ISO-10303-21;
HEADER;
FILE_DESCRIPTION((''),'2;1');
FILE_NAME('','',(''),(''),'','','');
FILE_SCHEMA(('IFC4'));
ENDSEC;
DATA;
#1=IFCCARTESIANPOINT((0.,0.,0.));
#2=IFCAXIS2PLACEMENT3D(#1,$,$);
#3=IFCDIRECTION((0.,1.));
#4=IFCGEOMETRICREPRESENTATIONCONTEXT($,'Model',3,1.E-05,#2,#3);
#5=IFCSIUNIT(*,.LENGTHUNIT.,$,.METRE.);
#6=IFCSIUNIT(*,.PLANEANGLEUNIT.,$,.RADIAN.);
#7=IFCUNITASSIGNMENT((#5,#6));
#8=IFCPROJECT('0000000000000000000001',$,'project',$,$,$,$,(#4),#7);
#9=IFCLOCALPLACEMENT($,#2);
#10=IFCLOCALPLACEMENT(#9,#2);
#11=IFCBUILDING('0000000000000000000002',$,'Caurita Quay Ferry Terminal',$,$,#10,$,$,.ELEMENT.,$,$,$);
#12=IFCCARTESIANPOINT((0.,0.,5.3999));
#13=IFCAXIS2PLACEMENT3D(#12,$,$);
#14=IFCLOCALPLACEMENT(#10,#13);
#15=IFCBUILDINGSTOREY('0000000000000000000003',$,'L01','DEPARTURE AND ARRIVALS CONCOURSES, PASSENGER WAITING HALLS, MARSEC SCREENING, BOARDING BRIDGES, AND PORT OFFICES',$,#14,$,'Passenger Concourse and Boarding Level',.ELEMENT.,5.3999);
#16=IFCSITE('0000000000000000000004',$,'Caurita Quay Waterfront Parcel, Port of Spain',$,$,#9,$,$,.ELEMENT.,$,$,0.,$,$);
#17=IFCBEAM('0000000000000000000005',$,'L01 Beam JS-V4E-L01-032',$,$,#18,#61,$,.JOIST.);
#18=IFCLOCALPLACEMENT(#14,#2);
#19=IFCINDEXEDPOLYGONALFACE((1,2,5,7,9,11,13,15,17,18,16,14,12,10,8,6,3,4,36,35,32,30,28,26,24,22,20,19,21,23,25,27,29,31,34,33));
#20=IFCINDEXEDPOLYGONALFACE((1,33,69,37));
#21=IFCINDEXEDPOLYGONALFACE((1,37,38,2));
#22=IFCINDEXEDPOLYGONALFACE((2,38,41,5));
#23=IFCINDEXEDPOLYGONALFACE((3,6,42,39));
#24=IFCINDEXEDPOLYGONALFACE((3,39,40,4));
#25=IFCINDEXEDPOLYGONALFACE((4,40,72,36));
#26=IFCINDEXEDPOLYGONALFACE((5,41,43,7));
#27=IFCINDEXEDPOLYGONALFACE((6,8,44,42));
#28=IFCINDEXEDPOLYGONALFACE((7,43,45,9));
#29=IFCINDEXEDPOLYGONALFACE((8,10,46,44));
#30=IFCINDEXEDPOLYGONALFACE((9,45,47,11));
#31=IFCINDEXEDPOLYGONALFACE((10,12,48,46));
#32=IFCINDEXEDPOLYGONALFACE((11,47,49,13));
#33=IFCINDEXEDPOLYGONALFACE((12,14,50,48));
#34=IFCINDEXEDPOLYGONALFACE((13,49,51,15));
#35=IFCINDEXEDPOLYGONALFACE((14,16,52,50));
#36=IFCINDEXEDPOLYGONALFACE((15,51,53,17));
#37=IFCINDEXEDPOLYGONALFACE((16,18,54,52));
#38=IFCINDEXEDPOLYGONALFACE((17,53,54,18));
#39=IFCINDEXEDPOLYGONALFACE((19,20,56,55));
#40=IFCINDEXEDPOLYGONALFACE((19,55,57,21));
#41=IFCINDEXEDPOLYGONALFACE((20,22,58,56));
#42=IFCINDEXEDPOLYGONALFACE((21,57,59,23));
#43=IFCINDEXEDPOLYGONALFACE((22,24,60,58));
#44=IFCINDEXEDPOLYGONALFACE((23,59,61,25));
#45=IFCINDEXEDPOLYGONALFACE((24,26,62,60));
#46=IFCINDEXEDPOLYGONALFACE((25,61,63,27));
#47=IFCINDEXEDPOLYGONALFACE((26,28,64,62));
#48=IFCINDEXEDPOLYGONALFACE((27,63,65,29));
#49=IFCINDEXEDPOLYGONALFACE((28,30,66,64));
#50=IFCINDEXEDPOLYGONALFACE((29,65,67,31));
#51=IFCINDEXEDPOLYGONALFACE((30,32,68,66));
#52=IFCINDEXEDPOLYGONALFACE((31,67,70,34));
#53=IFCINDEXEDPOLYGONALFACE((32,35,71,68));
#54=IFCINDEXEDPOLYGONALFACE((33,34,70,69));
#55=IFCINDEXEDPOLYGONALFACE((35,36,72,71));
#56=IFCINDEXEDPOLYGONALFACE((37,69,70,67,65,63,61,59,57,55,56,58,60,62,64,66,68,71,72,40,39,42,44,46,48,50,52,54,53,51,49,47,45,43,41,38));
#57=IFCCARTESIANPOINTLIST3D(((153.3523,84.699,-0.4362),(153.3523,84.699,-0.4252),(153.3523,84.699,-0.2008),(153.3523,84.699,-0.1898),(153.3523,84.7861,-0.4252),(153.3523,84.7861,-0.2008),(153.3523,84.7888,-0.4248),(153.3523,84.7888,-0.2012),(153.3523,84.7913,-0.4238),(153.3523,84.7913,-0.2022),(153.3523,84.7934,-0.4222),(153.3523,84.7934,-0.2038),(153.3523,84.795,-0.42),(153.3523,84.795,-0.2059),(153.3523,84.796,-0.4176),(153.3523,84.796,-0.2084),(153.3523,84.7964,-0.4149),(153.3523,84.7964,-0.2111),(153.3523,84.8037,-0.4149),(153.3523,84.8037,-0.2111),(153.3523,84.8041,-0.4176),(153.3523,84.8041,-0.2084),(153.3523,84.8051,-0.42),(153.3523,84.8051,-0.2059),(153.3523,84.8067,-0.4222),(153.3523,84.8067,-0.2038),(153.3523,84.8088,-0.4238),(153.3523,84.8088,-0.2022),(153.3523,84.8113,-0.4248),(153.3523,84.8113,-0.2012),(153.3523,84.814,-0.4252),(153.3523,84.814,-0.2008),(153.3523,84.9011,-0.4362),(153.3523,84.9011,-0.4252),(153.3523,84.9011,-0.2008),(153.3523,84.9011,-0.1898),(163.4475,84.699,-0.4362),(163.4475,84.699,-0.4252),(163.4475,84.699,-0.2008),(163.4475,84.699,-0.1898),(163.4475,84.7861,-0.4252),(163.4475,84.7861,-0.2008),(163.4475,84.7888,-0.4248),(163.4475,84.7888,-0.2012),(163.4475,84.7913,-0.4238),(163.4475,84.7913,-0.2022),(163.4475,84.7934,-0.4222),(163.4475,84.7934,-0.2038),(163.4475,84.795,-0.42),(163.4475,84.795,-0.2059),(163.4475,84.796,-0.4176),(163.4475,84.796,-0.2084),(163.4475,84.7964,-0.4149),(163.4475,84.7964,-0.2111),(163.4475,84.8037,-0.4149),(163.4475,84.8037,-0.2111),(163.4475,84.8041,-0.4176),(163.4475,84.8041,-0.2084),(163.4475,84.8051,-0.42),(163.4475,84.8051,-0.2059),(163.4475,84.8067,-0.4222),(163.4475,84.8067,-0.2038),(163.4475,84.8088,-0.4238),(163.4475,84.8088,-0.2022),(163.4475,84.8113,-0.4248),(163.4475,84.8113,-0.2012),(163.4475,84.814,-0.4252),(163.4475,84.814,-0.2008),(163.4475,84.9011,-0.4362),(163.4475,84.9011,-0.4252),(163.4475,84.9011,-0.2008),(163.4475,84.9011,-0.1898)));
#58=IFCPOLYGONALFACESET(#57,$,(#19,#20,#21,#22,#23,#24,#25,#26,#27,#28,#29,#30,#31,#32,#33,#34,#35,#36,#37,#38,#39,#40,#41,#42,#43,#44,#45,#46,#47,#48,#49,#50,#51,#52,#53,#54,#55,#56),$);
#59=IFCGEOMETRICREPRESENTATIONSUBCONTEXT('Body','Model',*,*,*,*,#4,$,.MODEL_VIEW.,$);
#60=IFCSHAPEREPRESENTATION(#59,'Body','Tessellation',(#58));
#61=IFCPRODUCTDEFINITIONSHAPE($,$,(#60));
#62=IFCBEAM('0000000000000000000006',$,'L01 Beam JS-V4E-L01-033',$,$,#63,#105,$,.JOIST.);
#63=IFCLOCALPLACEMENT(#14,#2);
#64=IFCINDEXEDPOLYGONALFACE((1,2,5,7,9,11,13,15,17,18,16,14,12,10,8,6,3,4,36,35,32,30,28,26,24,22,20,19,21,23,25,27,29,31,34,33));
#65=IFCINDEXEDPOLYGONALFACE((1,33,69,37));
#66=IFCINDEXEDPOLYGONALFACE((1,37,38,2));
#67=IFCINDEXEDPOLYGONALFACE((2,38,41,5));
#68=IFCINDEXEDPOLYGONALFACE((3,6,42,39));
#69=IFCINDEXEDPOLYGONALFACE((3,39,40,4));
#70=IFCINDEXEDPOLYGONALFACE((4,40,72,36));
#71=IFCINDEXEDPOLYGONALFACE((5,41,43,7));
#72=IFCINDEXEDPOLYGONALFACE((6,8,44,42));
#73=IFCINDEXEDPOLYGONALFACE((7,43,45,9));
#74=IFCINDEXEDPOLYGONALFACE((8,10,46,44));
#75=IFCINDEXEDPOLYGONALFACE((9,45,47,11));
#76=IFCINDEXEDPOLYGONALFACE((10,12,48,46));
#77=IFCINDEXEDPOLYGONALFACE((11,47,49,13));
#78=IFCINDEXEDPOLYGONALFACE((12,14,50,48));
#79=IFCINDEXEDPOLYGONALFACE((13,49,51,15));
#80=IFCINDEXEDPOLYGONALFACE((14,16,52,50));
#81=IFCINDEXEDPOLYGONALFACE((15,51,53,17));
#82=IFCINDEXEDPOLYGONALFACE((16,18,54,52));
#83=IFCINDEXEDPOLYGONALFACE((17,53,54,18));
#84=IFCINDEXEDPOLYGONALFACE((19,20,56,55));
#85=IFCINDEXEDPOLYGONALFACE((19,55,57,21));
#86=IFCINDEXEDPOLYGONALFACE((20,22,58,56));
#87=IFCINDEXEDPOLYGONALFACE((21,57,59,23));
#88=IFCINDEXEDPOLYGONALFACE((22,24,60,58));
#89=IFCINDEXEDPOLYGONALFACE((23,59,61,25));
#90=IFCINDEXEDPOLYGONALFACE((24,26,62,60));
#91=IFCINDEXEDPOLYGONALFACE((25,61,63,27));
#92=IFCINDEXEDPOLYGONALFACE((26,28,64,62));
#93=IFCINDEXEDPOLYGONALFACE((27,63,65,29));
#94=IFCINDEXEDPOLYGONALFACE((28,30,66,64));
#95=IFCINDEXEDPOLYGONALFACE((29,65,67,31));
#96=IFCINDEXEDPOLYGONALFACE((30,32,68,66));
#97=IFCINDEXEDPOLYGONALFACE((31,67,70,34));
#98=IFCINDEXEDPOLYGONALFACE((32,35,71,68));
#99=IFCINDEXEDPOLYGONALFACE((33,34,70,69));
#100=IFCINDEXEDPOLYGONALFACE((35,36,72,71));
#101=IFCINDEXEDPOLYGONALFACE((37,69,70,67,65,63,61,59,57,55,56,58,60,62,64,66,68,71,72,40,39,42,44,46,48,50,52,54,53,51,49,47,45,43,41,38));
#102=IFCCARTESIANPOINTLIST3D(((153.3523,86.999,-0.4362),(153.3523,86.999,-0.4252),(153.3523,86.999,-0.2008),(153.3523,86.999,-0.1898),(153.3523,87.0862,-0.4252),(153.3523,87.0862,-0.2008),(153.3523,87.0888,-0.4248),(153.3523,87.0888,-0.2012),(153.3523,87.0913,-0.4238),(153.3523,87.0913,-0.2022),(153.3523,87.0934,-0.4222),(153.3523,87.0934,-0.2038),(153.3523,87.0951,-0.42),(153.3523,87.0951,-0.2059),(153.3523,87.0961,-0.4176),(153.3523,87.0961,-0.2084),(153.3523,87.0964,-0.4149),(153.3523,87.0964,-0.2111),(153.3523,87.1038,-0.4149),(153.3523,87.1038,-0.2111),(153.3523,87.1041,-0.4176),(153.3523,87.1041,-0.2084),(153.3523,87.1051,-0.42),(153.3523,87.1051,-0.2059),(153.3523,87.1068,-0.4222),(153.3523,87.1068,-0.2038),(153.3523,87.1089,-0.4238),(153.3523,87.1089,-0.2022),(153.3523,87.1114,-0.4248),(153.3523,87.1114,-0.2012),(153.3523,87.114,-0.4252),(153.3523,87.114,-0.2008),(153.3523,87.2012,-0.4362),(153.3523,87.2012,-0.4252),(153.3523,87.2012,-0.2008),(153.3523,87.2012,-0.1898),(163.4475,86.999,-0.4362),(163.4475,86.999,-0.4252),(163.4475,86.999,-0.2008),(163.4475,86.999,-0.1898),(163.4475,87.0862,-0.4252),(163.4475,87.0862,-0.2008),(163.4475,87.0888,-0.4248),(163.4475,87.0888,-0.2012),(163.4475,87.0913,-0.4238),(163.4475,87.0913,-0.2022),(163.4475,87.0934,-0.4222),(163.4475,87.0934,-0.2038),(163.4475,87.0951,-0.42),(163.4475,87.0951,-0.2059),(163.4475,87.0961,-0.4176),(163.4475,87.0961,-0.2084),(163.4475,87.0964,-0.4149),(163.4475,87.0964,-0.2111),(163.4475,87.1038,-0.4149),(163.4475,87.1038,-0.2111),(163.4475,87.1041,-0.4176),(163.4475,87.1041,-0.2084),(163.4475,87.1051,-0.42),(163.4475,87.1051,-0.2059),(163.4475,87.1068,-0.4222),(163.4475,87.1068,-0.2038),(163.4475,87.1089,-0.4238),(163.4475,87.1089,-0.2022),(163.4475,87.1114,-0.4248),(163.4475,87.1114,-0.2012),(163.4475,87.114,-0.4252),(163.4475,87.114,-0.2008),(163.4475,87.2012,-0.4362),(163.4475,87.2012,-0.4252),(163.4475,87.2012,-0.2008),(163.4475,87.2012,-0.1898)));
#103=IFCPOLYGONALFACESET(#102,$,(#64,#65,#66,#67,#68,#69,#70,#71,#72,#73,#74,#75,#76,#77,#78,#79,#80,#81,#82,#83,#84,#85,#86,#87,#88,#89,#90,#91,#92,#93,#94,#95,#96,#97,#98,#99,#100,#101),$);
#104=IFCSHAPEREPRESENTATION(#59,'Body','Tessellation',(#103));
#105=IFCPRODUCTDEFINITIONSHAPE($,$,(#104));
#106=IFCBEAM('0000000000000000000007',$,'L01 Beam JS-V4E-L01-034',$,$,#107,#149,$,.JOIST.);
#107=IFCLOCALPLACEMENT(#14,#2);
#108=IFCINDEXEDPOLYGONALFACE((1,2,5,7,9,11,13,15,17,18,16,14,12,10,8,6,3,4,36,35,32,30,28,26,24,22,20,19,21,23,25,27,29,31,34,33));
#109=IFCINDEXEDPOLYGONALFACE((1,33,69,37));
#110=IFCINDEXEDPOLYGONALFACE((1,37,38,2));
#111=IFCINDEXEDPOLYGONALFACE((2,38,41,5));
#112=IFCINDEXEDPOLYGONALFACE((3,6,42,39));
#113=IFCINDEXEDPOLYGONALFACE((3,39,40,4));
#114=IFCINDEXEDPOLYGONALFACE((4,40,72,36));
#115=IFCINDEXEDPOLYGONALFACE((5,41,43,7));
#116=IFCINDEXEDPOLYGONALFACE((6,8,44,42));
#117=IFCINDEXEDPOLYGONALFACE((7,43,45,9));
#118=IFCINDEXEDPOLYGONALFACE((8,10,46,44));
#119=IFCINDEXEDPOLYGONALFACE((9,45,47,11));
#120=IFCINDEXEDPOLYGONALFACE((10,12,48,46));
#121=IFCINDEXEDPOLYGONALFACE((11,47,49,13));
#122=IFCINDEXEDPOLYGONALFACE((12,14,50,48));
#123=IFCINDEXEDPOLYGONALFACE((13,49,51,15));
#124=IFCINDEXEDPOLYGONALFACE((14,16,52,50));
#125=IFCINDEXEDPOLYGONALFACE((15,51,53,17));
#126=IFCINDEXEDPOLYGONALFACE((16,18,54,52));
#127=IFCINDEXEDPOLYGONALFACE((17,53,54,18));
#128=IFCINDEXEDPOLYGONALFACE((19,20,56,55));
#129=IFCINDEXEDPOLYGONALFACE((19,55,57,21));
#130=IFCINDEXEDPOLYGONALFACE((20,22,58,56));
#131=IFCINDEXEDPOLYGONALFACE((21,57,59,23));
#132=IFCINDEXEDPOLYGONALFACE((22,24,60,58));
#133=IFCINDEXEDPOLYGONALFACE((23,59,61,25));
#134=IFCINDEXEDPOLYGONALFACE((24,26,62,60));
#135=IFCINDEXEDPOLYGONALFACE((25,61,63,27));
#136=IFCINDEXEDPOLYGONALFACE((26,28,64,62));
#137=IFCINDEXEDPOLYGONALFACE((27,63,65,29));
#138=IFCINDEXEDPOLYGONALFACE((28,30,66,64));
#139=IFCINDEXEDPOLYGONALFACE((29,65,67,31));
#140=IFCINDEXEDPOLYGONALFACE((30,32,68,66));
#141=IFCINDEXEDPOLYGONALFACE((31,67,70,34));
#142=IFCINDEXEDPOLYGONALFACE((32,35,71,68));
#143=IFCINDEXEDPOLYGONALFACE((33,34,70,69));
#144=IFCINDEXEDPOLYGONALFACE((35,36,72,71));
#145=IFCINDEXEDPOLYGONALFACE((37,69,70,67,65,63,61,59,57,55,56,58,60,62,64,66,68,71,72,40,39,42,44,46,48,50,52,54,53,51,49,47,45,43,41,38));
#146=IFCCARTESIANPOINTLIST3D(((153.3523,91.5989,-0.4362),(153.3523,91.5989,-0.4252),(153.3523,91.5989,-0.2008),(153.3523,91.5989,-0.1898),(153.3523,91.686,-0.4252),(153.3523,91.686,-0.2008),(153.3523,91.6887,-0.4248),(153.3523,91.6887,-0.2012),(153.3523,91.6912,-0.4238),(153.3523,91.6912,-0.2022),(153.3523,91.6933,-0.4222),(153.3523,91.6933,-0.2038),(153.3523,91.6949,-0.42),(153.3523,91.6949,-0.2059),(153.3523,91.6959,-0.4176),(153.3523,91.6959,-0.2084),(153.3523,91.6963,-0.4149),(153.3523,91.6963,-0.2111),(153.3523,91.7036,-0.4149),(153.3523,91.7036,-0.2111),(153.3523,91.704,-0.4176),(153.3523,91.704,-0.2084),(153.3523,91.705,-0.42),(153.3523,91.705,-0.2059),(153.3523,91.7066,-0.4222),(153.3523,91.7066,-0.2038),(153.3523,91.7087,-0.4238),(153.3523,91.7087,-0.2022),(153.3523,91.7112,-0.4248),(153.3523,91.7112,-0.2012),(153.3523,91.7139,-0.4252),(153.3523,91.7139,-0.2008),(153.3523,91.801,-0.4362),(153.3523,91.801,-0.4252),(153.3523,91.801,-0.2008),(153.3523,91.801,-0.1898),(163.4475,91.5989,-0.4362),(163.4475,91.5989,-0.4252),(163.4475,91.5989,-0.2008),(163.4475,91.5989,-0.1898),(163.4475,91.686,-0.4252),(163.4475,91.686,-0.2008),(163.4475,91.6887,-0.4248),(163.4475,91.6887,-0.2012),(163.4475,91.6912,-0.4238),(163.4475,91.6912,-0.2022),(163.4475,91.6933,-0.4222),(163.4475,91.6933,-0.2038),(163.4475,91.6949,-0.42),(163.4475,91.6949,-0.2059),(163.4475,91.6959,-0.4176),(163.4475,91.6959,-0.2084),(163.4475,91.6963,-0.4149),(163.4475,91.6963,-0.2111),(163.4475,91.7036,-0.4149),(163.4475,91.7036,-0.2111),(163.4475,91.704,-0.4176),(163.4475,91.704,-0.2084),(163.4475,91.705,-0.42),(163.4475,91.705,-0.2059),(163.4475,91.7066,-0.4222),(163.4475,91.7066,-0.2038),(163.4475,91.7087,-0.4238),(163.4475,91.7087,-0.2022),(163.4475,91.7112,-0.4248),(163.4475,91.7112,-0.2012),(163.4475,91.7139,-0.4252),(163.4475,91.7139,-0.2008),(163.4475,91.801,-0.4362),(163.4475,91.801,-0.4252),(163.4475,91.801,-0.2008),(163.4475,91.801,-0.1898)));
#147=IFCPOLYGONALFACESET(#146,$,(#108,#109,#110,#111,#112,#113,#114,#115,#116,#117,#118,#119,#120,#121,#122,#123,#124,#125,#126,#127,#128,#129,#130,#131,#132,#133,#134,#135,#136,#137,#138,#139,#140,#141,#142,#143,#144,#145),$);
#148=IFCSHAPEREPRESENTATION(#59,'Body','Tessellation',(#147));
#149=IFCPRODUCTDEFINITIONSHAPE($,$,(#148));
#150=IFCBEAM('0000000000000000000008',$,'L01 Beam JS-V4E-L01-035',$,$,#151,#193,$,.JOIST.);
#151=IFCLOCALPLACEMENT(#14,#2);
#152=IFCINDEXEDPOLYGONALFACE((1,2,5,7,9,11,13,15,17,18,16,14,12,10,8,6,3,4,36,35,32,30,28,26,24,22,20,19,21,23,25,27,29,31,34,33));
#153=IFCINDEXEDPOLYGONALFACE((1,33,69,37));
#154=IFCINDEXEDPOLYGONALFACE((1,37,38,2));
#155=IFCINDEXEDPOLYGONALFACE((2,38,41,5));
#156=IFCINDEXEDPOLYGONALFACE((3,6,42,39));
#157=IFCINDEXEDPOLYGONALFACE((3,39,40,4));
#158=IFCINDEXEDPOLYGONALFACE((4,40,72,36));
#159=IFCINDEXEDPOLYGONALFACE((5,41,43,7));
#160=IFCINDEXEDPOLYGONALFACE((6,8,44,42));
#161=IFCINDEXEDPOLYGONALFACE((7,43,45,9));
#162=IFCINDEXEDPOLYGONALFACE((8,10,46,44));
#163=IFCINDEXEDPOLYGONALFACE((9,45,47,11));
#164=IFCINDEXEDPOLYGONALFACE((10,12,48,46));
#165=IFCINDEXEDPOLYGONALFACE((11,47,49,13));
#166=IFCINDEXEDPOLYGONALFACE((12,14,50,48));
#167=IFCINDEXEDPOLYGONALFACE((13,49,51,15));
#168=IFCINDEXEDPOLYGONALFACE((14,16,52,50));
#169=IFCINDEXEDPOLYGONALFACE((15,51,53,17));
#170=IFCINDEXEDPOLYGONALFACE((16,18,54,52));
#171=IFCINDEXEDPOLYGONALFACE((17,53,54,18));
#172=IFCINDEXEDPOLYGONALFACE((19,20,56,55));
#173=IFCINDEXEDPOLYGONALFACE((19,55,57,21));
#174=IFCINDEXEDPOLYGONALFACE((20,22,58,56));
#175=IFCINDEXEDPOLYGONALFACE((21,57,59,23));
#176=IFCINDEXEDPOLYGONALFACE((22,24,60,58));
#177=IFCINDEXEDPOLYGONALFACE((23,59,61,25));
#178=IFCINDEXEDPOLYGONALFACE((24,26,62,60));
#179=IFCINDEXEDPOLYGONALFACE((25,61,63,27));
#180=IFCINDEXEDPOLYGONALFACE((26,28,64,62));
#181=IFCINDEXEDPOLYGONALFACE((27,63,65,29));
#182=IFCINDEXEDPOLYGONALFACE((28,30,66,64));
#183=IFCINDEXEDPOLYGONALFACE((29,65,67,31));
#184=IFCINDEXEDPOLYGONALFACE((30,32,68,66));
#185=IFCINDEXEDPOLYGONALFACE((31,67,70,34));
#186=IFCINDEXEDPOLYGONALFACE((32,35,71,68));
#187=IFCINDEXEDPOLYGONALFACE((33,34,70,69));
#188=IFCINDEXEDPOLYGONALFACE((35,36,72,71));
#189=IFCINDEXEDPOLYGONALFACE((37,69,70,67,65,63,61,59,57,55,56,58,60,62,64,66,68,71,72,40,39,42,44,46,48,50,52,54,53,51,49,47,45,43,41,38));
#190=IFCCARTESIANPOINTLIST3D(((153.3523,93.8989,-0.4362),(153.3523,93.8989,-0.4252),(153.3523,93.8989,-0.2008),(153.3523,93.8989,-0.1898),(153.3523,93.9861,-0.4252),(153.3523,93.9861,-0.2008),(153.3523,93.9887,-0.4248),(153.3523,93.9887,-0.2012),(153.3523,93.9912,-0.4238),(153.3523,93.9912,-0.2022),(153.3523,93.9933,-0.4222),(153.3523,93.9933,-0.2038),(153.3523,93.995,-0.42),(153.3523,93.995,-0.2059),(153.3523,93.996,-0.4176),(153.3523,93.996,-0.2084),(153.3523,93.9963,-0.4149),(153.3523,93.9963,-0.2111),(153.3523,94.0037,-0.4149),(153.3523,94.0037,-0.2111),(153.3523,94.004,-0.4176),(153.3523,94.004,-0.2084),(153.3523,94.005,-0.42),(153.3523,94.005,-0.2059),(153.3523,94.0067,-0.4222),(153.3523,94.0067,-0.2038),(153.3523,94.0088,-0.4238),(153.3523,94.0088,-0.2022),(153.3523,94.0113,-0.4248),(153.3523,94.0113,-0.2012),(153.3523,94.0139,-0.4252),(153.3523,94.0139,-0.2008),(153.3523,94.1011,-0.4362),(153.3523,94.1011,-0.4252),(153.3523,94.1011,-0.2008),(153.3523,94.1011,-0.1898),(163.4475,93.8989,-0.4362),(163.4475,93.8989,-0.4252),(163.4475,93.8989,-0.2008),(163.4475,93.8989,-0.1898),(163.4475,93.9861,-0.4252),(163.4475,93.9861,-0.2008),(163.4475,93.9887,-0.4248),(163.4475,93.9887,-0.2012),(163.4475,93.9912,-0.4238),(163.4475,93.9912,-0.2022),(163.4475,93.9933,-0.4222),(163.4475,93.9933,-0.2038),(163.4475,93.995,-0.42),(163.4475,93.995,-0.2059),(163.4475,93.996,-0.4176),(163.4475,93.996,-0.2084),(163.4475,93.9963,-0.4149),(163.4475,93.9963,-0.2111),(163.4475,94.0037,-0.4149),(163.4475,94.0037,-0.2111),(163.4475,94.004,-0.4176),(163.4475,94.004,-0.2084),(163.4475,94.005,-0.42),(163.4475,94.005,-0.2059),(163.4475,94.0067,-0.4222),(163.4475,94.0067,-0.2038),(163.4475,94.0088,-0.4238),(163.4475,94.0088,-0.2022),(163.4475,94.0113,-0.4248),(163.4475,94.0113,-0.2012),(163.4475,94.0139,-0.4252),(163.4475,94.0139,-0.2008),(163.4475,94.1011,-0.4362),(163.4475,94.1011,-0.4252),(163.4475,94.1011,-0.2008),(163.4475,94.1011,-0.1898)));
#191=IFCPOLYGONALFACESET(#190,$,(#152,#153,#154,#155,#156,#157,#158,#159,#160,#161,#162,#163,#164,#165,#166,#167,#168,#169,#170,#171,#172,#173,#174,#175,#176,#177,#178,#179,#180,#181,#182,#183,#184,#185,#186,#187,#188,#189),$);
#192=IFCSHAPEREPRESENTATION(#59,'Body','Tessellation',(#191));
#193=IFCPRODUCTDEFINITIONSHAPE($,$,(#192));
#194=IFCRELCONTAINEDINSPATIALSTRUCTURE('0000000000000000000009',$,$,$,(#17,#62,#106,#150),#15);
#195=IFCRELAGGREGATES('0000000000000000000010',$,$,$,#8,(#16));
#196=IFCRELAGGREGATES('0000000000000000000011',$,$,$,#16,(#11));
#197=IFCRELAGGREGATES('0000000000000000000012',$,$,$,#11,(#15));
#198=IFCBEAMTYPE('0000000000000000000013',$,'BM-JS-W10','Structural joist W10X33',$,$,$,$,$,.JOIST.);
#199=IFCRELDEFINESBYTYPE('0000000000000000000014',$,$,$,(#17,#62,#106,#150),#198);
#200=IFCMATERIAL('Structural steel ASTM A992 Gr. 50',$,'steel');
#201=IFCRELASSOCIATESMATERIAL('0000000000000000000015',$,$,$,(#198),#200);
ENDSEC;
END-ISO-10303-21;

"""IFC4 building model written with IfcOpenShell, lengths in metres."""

from ifc_helpers import new_model, si_unit, direction, frame, origin, origin_2d, place, context, subcontext, project, spatial, i_section, extrude, material, material_profile, profile_set, type_object, element, save


model = new_model("IFC4")

# Units and contexts
model_context = context("Model", 3, precision=1e-05, world=origin(), true_north=direction((0.0, 1.0)))
body_context = subcontext(model_context, "Body", "Model", "MODEL_VIEW")
ifc_project = project(units=[si_unit("LENGTHUNIT", "METRE"), si_unit("PLANEANGLEUNIT", "RADIAN")], contexts=[model_context])

# Site, building, storey
site_placement = place(None, origin())
site = spatial("IfcSite", under=ifc_project, at=site_placement, Name="Caurita Quay Waterfront Parcel, Port of Spain", CompositionType="ELEMENT", RefElevation=0.0)
building_placement = place(site_placement, origin())
building = spatial("IfcBuilding", under=site, at=building_placement, Name="Caurita Quay Ferry Terminal", CompositionType="ELEMENT")
storey_placement = place(building_placement, frame((0.0, 0.0, 5.3999)))
storey = spatial("IfcBuildingStorey", under=building, at=storey_placement, Name="L01", Description="DEPARTURE AND ARRIVALS CONCOURSES, PASSENGER WAITING HALLS, MARSEC SCREENING, BOARDING BRIDGES, AND PORT OFFICES", LongName="Passenger Concourse and Boarding Level", CompositionType="ELEMENT", Elevation=5.3999)

# Beams
ifc_material_1 = material(Name="Structural steel ASTM A992 Gr. 50", Category="steel")
ifc_material_profile_1 = material_profile(ifc_material_1, i_section(OverallWidth=0.2021, OverallDepth=0.2463, WebThickness=0.0073, FlangeThickness=0.011, FilletRadius=0.0103, at=origin_2d()), Name="W10X33")
ifc_profile_set_1 = profile_set([ifc_material_profile_1], Name="Structural steel ASTM A992 Gr. 50")
beam_type_1 = type_object("IfcBeamType", Name="BM-JS-W10", Description="Structural joist W10X33", PredefinedType="JOIST", material=ifc_profile_set_1)
for number, where, z_axis, x_axis, name in (
    (1, (153.3523, 84.8, -0.313), (1.0, 0.0, 0.0), (0.0, 1.0, 0.0), "L01 Beam JS-V4E-L01-032"),
    (2, (153.3523, 87.1001, -0.313), (1.0, 0.0, 0.0), (0.0, 1.0, 0.0), "L01 Beam JS-V4E-L01-033"),
    (3, (153.3523, 91.7, -0.313), (1.0, 0.0, 0.0), (0.0, 1.0, 0.0), "L01 Beam JS-V4E-L01-034"),
    (4, (153.3523, 94.0, -0.313), (1.0, 0.0, 0.0), (0.0, 1.0, 0.0), "L01 Beam JS-V4E-L01-035"),
):
    element("IfcBeam", number, at=place(storey_placement, frame(where, z_axis=z_axis, x_axis=x_axis)), inside=storey, type_object=beam_type_1, Name=name, PredefinedType="JOIST", context=body_context, shape_type="SweptSolid", body=[
        extrude(i_section(OverallWidth=0.2021, OverallDepth=0.2463, WebThickness=0.0073, FlangeThickness=0.011, FilletRadius=0.0103, at=origin_2d()), origin(), (0.0, 0.0, 1.0), 10.0952),
    ])

save(model, "model.ifc")
